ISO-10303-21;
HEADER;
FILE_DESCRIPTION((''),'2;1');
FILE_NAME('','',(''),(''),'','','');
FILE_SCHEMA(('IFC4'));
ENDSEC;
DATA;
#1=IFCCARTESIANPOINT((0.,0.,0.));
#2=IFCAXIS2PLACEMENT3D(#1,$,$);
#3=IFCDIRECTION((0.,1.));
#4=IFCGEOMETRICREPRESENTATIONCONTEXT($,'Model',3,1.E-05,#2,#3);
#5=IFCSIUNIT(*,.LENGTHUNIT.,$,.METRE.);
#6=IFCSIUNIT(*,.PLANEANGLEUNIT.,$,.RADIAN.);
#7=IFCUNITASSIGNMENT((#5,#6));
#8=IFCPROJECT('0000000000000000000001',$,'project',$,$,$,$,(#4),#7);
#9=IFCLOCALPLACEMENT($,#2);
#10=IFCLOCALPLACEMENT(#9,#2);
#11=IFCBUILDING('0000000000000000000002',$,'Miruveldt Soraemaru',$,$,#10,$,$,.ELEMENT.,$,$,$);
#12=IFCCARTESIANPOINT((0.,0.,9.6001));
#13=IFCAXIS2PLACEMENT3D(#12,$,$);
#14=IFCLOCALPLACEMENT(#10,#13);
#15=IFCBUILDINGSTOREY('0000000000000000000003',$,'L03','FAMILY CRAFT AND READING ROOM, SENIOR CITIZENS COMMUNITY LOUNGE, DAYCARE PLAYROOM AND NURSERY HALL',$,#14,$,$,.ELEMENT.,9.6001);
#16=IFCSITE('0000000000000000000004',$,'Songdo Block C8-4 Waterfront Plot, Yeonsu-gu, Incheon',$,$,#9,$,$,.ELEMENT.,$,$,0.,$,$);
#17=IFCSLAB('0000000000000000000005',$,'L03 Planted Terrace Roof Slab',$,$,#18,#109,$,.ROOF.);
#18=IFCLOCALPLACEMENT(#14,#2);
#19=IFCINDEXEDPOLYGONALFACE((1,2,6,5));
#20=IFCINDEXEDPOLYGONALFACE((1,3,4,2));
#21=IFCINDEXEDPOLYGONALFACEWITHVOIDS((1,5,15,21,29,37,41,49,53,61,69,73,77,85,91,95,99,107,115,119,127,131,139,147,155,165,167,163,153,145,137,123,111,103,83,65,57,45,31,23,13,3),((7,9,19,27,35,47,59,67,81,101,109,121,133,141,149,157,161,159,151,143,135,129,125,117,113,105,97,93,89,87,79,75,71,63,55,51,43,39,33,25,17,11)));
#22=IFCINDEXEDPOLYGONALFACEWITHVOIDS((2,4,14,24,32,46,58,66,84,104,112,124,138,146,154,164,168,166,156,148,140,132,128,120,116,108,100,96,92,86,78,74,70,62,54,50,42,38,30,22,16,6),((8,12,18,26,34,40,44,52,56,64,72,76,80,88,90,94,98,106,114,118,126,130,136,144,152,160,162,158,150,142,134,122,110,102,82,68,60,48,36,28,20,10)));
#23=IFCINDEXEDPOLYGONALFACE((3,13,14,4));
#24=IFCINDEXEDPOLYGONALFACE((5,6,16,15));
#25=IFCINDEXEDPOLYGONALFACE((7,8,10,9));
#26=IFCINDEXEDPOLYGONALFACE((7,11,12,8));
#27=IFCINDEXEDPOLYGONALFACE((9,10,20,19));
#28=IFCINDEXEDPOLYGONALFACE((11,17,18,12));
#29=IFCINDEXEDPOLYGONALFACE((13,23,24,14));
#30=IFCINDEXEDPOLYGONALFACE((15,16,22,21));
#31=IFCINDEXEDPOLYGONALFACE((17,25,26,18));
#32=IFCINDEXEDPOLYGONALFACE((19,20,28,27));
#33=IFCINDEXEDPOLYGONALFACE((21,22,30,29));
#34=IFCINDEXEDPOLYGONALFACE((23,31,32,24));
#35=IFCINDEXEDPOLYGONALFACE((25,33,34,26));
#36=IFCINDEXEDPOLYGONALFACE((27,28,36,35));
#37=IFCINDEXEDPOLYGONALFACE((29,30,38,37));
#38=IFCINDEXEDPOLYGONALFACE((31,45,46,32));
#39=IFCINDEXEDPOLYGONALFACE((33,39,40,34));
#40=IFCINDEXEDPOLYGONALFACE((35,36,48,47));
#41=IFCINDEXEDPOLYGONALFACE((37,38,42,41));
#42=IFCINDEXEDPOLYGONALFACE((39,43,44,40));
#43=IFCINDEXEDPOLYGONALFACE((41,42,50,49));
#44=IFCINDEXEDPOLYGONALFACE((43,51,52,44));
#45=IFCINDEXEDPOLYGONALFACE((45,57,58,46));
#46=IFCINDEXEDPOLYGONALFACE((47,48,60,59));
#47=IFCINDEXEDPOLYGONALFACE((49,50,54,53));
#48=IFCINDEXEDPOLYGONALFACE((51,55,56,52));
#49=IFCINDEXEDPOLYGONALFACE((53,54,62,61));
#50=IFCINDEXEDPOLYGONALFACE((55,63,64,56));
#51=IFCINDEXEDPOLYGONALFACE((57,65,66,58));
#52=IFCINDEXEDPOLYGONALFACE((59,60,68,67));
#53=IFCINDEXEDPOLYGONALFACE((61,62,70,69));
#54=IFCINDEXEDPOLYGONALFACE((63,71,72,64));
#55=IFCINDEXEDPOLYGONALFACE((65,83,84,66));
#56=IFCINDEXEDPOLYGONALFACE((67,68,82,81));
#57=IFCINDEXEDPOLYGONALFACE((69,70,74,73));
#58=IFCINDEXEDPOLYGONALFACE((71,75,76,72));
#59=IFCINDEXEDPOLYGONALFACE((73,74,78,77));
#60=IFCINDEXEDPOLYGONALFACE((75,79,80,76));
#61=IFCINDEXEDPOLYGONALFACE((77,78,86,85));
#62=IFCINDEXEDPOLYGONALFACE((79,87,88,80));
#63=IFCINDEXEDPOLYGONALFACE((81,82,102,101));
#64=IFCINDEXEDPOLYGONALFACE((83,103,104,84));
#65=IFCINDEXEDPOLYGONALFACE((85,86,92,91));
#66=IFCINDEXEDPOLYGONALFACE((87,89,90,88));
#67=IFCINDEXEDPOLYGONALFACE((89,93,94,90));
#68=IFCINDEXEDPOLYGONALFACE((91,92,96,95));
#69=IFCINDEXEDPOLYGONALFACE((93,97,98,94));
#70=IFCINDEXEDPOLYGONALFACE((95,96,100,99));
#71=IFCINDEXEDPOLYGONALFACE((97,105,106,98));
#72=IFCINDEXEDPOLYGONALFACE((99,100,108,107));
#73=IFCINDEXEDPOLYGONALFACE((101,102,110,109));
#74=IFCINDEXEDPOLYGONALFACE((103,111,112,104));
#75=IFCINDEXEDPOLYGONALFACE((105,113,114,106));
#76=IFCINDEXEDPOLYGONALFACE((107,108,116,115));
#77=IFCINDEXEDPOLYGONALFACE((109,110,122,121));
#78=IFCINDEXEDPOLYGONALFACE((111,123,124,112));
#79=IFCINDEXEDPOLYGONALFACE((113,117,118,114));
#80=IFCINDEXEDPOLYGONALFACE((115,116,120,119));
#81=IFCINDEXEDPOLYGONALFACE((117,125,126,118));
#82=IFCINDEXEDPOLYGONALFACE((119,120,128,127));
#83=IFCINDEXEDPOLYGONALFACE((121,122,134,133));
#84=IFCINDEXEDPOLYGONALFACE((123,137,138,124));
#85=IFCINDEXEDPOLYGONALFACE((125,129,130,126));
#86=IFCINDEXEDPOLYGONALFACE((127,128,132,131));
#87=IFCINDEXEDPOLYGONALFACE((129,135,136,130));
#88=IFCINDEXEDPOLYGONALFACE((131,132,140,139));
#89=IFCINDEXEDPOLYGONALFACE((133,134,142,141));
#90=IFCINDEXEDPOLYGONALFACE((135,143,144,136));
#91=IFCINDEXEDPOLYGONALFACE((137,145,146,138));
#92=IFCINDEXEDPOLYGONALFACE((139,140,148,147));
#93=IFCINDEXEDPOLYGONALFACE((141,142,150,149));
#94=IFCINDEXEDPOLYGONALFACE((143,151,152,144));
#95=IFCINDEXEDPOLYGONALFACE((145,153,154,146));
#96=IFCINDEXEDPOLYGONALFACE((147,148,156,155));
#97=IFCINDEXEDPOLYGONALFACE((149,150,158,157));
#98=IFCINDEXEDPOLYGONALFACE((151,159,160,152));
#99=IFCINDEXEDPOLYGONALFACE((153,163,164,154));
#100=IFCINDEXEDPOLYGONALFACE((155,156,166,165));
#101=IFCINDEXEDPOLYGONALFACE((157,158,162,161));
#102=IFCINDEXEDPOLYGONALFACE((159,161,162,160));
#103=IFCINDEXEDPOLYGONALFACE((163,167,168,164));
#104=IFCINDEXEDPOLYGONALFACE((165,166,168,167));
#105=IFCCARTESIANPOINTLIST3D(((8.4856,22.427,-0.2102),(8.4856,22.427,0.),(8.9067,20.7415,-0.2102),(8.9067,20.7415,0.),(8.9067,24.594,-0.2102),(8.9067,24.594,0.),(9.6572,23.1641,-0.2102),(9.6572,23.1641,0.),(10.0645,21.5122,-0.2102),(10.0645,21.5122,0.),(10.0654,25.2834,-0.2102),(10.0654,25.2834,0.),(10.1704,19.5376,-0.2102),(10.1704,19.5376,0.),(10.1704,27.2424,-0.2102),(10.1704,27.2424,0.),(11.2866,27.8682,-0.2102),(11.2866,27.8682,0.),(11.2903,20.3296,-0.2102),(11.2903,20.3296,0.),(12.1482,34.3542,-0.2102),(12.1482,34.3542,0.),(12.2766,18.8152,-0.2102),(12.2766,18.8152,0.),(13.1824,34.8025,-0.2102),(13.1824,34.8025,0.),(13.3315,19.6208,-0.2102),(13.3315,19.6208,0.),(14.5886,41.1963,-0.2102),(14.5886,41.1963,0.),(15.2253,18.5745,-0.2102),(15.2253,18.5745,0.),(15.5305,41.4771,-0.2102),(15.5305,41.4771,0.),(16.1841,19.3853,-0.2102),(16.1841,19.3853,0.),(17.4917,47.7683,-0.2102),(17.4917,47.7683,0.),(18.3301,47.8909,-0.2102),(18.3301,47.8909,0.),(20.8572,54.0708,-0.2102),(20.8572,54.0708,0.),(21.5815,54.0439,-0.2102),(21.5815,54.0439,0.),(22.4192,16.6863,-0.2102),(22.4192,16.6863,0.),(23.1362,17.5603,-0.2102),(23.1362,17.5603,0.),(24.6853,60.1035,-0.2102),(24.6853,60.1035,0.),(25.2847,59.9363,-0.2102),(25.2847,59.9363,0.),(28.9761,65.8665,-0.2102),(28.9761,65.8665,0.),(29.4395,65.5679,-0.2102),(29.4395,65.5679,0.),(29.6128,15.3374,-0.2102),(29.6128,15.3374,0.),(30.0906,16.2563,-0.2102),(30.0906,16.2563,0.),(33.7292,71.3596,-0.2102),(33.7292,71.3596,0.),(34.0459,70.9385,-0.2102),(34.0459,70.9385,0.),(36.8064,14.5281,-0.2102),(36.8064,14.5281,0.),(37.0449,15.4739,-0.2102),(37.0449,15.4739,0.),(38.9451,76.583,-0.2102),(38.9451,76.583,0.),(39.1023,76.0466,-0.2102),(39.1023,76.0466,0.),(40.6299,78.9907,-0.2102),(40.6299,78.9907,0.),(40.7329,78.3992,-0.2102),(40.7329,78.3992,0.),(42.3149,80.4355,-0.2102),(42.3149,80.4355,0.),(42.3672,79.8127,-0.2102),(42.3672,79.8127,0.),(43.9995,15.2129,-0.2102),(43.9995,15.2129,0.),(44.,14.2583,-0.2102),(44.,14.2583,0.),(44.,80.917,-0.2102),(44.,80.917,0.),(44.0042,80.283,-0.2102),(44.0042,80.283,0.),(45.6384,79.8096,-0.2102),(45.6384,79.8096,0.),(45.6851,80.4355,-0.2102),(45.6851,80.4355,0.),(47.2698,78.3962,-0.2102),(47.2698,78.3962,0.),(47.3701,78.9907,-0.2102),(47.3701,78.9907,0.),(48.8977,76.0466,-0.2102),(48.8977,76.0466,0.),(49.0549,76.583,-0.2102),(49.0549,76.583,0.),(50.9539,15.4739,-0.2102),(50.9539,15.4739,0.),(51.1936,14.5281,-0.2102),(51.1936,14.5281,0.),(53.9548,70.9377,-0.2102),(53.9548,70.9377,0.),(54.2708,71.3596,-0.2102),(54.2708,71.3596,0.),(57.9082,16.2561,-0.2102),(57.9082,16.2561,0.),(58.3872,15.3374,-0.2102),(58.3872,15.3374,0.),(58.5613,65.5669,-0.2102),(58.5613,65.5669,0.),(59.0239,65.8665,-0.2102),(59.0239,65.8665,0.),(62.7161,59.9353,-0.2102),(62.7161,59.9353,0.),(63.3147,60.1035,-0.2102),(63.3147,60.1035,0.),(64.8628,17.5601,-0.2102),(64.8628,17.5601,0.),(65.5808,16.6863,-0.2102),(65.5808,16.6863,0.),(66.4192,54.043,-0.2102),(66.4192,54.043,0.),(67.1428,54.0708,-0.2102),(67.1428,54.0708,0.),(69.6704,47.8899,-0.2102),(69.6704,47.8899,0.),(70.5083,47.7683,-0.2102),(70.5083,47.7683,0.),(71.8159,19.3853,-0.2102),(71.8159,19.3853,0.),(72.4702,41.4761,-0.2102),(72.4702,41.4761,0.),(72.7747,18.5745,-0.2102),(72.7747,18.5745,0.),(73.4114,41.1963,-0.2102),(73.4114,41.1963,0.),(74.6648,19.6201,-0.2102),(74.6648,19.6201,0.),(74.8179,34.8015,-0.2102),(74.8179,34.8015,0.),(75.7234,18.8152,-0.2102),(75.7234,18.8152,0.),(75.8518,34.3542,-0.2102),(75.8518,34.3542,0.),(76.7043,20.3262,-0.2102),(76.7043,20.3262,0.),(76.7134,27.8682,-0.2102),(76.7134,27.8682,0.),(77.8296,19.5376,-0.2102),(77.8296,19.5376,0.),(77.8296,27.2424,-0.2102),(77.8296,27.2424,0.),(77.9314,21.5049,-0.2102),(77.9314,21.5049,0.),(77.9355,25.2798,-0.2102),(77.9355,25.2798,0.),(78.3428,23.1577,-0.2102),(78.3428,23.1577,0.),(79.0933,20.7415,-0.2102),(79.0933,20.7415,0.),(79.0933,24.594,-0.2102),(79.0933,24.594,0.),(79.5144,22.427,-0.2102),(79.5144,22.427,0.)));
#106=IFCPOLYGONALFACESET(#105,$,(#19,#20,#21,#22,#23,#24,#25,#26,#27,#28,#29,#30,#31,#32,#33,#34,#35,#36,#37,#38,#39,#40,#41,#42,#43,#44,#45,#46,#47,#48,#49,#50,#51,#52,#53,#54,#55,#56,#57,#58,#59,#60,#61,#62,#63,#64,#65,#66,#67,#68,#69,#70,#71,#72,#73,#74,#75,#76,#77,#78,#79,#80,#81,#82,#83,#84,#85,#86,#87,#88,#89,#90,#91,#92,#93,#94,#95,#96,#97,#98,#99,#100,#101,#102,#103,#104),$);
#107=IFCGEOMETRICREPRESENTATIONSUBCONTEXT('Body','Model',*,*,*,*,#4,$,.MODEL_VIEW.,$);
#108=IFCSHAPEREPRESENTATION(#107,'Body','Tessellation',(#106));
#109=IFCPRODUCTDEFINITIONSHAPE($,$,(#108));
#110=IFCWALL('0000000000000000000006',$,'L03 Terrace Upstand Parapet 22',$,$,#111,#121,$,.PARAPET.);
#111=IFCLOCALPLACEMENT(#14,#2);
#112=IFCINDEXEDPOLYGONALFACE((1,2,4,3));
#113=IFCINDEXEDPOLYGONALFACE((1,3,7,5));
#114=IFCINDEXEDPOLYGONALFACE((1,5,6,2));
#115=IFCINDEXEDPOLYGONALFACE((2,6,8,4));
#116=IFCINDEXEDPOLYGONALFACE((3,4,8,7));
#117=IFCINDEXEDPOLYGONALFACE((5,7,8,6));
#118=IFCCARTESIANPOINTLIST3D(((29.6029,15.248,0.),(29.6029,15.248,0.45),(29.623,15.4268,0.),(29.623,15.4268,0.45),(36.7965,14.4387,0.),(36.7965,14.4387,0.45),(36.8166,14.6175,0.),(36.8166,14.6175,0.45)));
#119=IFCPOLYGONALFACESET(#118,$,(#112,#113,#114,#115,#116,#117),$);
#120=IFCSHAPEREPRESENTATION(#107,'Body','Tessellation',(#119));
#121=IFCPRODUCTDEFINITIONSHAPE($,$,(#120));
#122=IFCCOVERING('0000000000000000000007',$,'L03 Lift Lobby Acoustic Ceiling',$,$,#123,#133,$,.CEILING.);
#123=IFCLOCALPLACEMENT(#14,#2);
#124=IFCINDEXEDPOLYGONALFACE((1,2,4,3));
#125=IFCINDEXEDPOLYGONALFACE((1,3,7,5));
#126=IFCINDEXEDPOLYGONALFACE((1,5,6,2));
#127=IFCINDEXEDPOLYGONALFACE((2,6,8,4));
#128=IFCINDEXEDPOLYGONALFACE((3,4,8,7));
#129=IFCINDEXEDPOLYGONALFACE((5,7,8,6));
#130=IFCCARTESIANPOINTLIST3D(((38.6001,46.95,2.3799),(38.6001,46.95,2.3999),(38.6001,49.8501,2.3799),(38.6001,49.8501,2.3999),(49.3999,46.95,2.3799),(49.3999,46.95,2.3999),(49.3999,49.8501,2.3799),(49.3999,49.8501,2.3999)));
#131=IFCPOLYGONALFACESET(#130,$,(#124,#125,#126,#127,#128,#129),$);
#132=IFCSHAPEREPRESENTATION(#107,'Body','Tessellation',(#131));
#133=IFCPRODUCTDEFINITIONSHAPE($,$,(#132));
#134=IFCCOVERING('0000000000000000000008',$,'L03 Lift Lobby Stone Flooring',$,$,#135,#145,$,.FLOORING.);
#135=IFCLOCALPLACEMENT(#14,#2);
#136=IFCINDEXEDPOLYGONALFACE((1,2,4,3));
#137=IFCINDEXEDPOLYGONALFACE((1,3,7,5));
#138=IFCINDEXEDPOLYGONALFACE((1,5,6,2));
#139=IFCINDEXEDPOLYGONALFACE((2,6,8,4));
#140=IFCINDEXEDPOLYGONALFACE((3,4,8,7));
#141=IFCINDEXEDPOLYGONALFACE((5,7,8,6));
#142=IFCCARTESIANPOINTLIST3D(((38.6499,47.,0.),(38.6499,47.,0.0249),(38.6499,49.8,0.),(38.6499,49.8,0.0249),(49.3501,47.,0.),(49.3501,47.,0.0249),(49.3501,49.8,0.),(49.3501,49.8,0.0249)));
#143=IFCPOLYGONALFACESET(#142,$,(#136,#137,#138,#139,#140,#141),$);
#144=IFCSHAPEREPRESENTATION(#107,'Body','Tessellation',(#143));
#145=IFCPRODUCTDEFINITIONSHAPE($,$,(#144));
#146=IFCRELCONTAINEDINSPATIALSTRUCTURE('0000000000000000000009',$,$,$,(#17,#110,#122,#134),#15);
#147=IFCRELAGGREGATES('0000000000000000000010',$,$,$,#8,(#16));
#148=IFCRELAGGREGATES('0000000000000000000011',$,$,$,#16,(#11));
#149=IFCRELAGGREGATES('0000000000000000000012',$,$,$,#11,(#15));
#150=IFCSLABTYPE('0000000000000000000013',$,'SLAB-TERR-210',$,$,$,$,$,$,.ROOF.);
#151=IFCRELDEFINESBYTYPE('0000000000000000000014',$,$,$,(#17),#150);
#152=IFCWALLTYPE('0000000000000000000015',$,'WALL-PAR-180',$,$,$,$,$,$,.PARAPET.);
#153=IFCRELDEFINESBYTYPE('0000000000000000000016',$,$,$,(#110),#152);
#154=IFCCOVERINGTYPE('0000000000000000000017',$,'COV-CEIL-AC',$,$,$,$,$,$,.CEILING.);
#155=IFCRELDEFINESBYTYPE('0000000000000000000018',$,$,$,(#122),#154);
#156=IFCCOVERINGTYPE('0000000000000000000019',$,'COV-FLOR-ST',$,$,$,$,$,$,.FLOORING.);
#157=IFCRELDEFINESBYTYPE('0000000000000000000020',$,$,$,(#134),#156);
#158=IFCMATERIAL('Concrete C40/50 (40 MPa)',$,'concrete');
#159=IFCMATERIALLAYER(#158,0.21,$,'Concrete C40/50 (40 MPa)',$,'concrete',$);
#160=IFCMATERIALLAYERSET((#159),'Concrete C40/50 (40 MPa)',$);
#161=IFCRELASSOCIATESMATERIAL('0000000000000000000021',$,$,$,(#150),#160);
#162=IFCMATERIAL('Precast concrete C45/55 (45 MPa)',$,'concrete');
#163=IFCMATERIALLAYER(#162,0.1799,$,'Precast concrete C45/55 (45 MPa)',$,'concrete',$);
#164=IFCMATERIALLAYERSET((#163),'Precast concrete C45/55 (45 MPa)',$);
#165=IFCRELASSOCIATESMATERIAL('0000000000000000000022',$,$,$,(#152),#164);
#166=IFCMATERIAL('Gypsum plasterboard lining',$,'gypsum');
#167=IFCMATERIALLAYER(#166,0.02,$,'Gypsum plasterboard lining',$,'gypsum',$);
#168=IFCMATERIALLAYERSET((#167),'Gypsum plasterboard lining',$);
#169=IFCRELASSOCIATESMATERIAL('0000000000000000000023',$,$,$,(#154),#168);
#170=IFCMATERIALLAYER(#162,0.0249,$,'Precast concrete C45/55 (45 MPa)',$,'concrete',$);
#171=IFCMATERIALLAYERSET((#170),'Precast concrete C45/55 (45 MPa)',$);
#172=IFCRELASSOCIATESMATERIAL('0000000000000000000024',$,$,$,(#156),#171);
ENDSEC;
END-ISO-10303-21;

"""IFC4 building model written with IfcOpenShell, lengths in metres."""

from ifc_helpers import new_model, si_unit, direction, frame, frame_2d, origin, place, context, subcontext, project, spatial, polyline, rectangle, outline, extrude, material, layer, layer_set, type_object, element, save


model = new_model("IFC4")

# Units and contexts
model_context = context("Model", 3, precision=1e-05, world=origin(), true_north=direction((0.0, 1.0)))
body_context = subcontext(model_context, "Body", "Model", "MODEL_VIEW")
ifc_project = project(units=[si_unit("LENGTHUNIT", "METRE"), si_unit("PLANEANGLEUNIT", "RADIAN")], contexts=[model_context])

# Site, building, storey
site_placement = place(None, origin())
site = spatial("IfcSite", under=ifc_project, at=site_placement, Name="Songdo Block C8-4 Waterfront Plot, Yeonsu-gu, Incheon", CompositionType="ELEMENT", RefElevation=0.0)
building_placement = place(site_placement, origin())
building = spatial("IfcBuilding", under=site, at=building_placement, Name="Miruveldt Soraemaru", CompositionType="ELEMENT")
storey_placement = place(building_placement, frame((0.0, 0.0, 9.6001)))
storey = spatial("IfcBuildingStorey", under=building, at=storey_placement, Name="L03", Description="FAMILY CRAFT AND READING ROOM, SENIOR CITIZENS COMMUNITY LOUNGE, DAYCARE PLAYROOM AND NURSERY HALL", CompositionType="ELEMENT", Elevation=9.6001)

# Shared definitions
ifc_material_1 = material(Name="Concrete C40/50 (40 MPa)", Category="concrete")

# Shared definitions
ifc_material_2 = material(Name="Precast concrete C45/55 (45 MPa)", Category="concrete")

# Slab
ifc_layer_1 = layer(ifc_material_1, 0.21, Name="Concrete C40/50 (40 MPa)", Category="concrete")
ifc_layer_set_1 = layer_set([ifc_layer_1], Name="Concrete C40/50 (40 MPa)")
slab_type_1 = type_object("IfcSlabType", Name="SLAB-TERR-210", PredefinedType="ROOF", material=ifc_layer_set_1)
slab_1_placement = place(storey_placement, frame((0.0, 0.0, -0.2102)))
element("IfcSlab", 1, at=slab_1_placement, inside=storey, type_object=slab_type_1, Name="L03 Planted Terrace Roof Slab", PredefinedType="ROOF", context=body_context, shape_type="SweptSolid", body=[
    extrude(outline(polyline([(54.2708, 71.3596), (59.0239, 65.8665), (63.3147, 60.1035), (67.1428, 54.0708), (70.5083, 47.7683), (73.4114, 41.1963), (75.8518, 34.3542), (77.8296, 27.2424), (79.0933, 24.594), (79.5144, 22.427), (79.0933, 20.7415), (77.8296, 19.5376), (75.7234, 18.8152), (72.7747, 18.5745), (65.5808, 16.6863), (58.3872, 15.3374), (51.1936, 14.5281), (44.0, 14.2583), (36.8064, 14.5281), (29.6128, 15.3374), (22.4192, 16.6863), (15.2253, 18.5745), (12.2766, 18.8152), (10.1704, 19.5376), (8.9067, 20.7415), (8.4856, 22.427), (8.9067, 24.594), (10.1704, 27.2424), (12.1482, 34.3542), (14.5886, 41.1963), (17.4917, 47.7683), (20.8572, 54.0708), (24.6853, 60.1035), (28.9761, 65.8665), (33.7292, 71.3596), (38.9451, 76.583), (40.6299, 78.9907), (42.3149, 80.4355), (44.0, 80.917), (45.6851, 80.4355), (47.3701, 78.9907), (49.0549, 76.583), (54.2708, 71.3596)]), holes=[polyline([(47.2698, 78.3962), (45.6384, 79.8096), (44.0042, 80.283), (42.3672, 79.8127), (40.7329, 78.3992), (39.1023, 76.0466), (34.0459, 70.9385), (29.4395, 65.5679), (25.2847, 59.9363), (21.5815, 54.0439), (18.3301, 47.8909), (15.5305, 41.4771), (13.1824, 34.8025), (11.2866, 27.8682), (10.0654, 25.2834), (9.6572, 23.1641), (10.0645, 21.5122), (11.2903, 20.3296), (13.3315, 19.6208), (16.1841, 19.3853), (23.1362, 17.5603), (30.0906, 16.2563), (37.0449, 15.4739), (43.9995, 15.2129), (50.9539, 15.4739), (57.9082, 16.2561), (64.8628, 17.5601), (71.8159, 19.3853), (74.6648, 19.6201), (76.7043, 20.3262), (77.9314, 21.5049), (78.3428, 23.1577), (77.9355, 25.2798), (76.7134, 27.8682), (74.8179, 34.8015), (72.4702, 41.4761), (69.6704, 47.8899), (66.4192, 54.043), (62.7161, 59.9353), (58.5613, 65.5669), (53.9548, 70.9377), (48.8977, 76.0466), (47.2698, 78.3962)])]), origin(), (0.0, 0.0, 1.0), 0.2102),
])

# Wall
ifc_layer_2 = layer(ifc_material_2, 0.1799, Name="Precast concrete C45/55 (45 MPa)", Category="concrete")
ifc_layer_set_2 = layer_set([ifc_layer_2], Name="Precast concrete C45/55 (45 MPa)")
wall_type = type_object("IfcWallType", Name="WALL-PAR-180", PredefinedType="PARAPET", material=ifc_layer_set_2)
wall_placement = place(storey_placement, frame((29.6128, 15.3374, 0.0), z_axis=(0.0, 0.0, 1.0), x_axis=(0.993731, -0.111801, 0.0)))
element("IfcWall", 2, at=wall_placement, inside=storey, type_object=wall_type, Name="L03 Terrace Upstand Parapet 22", PredefinedType="PARAPET", context=body_context, shape_type="SweptSolid", body=[
    extrude(rectangle(XDim=7.239, YDim=0.1799, at=frame_2d((3.6196, 0.0))), origin(), (0.0, 0.0, 1.0), 0.45),
])

# Coverings
ifc_material_3 = material(Name="Gypsum plasterboard lining", Category="gypsum")
ifc_layer_3 = layer(ifc_material_3, 0.02, Name="Gypsum plasterboard lining", Category="gypsum")
ifc_layer_set_3 = layer_set([ifc_layer_3], Name="Gypsum plasterboard lining")
covering_type_1 = type_object("IfcCoveringType", Name="COV-CEIL-AC", PredefinedType="CEILING", material=ifc_layer_set_3)
covering_1_placement = place(storey_placement, frame((0.0, 0.0, 2.3799)))
element("IfcCovering", 3, at=covering_1_placement, inside=storey, type_object=covering_type_1, Name="L03 Lift Lobby Acoustic Ceiling", PredefinedType="CEILING", context=body_context, shape_type="SweptSolid", body=[
    extrude(outline(polyline([(38.6001, 46.95), (49.3999, 46.95), (49.3999, 49.8501), (38.6001, 49.8501), (38.6001, 46.95)])), origin(), (0.0, 0.0, 1.0), 0.02),
])
ifc_layer_4 = layer(ifc_material_2, 0.0249, Name="Precast concrete C45/55 (45 MPa)", Category="concrete")
ifc_layer_set_4 = layer_set([ifc_layer_4], Name="Precast concrete C45/55 (45 MPa)")
covering_type_2 = type_object("IfcCoveringType", Name="COV-FLOR-ST", PredefinedType="FLOORING", material=ifc_layer_set_4)
covering_2_placement = place(storey_placement, origin())
element("IfcCovering", 4, at=covering_2_placement, inside=storey, type_object=covering_type_2, Name="L03 Lift Lobby Stone Flooring", PredefinedType="FLOORING", context=body_context, shape_type="SweptSolid", body=[
    extrude(outline(polyline([(38.6499, 47.0), (49.3501, 47.0), (49.3501, 49.8), (38.6499, 49.8), (38.6499, 47.0)])), origin(), (0.0, 0.0, 1.0), 0.0249),
])

save(model, "model.ifc")
